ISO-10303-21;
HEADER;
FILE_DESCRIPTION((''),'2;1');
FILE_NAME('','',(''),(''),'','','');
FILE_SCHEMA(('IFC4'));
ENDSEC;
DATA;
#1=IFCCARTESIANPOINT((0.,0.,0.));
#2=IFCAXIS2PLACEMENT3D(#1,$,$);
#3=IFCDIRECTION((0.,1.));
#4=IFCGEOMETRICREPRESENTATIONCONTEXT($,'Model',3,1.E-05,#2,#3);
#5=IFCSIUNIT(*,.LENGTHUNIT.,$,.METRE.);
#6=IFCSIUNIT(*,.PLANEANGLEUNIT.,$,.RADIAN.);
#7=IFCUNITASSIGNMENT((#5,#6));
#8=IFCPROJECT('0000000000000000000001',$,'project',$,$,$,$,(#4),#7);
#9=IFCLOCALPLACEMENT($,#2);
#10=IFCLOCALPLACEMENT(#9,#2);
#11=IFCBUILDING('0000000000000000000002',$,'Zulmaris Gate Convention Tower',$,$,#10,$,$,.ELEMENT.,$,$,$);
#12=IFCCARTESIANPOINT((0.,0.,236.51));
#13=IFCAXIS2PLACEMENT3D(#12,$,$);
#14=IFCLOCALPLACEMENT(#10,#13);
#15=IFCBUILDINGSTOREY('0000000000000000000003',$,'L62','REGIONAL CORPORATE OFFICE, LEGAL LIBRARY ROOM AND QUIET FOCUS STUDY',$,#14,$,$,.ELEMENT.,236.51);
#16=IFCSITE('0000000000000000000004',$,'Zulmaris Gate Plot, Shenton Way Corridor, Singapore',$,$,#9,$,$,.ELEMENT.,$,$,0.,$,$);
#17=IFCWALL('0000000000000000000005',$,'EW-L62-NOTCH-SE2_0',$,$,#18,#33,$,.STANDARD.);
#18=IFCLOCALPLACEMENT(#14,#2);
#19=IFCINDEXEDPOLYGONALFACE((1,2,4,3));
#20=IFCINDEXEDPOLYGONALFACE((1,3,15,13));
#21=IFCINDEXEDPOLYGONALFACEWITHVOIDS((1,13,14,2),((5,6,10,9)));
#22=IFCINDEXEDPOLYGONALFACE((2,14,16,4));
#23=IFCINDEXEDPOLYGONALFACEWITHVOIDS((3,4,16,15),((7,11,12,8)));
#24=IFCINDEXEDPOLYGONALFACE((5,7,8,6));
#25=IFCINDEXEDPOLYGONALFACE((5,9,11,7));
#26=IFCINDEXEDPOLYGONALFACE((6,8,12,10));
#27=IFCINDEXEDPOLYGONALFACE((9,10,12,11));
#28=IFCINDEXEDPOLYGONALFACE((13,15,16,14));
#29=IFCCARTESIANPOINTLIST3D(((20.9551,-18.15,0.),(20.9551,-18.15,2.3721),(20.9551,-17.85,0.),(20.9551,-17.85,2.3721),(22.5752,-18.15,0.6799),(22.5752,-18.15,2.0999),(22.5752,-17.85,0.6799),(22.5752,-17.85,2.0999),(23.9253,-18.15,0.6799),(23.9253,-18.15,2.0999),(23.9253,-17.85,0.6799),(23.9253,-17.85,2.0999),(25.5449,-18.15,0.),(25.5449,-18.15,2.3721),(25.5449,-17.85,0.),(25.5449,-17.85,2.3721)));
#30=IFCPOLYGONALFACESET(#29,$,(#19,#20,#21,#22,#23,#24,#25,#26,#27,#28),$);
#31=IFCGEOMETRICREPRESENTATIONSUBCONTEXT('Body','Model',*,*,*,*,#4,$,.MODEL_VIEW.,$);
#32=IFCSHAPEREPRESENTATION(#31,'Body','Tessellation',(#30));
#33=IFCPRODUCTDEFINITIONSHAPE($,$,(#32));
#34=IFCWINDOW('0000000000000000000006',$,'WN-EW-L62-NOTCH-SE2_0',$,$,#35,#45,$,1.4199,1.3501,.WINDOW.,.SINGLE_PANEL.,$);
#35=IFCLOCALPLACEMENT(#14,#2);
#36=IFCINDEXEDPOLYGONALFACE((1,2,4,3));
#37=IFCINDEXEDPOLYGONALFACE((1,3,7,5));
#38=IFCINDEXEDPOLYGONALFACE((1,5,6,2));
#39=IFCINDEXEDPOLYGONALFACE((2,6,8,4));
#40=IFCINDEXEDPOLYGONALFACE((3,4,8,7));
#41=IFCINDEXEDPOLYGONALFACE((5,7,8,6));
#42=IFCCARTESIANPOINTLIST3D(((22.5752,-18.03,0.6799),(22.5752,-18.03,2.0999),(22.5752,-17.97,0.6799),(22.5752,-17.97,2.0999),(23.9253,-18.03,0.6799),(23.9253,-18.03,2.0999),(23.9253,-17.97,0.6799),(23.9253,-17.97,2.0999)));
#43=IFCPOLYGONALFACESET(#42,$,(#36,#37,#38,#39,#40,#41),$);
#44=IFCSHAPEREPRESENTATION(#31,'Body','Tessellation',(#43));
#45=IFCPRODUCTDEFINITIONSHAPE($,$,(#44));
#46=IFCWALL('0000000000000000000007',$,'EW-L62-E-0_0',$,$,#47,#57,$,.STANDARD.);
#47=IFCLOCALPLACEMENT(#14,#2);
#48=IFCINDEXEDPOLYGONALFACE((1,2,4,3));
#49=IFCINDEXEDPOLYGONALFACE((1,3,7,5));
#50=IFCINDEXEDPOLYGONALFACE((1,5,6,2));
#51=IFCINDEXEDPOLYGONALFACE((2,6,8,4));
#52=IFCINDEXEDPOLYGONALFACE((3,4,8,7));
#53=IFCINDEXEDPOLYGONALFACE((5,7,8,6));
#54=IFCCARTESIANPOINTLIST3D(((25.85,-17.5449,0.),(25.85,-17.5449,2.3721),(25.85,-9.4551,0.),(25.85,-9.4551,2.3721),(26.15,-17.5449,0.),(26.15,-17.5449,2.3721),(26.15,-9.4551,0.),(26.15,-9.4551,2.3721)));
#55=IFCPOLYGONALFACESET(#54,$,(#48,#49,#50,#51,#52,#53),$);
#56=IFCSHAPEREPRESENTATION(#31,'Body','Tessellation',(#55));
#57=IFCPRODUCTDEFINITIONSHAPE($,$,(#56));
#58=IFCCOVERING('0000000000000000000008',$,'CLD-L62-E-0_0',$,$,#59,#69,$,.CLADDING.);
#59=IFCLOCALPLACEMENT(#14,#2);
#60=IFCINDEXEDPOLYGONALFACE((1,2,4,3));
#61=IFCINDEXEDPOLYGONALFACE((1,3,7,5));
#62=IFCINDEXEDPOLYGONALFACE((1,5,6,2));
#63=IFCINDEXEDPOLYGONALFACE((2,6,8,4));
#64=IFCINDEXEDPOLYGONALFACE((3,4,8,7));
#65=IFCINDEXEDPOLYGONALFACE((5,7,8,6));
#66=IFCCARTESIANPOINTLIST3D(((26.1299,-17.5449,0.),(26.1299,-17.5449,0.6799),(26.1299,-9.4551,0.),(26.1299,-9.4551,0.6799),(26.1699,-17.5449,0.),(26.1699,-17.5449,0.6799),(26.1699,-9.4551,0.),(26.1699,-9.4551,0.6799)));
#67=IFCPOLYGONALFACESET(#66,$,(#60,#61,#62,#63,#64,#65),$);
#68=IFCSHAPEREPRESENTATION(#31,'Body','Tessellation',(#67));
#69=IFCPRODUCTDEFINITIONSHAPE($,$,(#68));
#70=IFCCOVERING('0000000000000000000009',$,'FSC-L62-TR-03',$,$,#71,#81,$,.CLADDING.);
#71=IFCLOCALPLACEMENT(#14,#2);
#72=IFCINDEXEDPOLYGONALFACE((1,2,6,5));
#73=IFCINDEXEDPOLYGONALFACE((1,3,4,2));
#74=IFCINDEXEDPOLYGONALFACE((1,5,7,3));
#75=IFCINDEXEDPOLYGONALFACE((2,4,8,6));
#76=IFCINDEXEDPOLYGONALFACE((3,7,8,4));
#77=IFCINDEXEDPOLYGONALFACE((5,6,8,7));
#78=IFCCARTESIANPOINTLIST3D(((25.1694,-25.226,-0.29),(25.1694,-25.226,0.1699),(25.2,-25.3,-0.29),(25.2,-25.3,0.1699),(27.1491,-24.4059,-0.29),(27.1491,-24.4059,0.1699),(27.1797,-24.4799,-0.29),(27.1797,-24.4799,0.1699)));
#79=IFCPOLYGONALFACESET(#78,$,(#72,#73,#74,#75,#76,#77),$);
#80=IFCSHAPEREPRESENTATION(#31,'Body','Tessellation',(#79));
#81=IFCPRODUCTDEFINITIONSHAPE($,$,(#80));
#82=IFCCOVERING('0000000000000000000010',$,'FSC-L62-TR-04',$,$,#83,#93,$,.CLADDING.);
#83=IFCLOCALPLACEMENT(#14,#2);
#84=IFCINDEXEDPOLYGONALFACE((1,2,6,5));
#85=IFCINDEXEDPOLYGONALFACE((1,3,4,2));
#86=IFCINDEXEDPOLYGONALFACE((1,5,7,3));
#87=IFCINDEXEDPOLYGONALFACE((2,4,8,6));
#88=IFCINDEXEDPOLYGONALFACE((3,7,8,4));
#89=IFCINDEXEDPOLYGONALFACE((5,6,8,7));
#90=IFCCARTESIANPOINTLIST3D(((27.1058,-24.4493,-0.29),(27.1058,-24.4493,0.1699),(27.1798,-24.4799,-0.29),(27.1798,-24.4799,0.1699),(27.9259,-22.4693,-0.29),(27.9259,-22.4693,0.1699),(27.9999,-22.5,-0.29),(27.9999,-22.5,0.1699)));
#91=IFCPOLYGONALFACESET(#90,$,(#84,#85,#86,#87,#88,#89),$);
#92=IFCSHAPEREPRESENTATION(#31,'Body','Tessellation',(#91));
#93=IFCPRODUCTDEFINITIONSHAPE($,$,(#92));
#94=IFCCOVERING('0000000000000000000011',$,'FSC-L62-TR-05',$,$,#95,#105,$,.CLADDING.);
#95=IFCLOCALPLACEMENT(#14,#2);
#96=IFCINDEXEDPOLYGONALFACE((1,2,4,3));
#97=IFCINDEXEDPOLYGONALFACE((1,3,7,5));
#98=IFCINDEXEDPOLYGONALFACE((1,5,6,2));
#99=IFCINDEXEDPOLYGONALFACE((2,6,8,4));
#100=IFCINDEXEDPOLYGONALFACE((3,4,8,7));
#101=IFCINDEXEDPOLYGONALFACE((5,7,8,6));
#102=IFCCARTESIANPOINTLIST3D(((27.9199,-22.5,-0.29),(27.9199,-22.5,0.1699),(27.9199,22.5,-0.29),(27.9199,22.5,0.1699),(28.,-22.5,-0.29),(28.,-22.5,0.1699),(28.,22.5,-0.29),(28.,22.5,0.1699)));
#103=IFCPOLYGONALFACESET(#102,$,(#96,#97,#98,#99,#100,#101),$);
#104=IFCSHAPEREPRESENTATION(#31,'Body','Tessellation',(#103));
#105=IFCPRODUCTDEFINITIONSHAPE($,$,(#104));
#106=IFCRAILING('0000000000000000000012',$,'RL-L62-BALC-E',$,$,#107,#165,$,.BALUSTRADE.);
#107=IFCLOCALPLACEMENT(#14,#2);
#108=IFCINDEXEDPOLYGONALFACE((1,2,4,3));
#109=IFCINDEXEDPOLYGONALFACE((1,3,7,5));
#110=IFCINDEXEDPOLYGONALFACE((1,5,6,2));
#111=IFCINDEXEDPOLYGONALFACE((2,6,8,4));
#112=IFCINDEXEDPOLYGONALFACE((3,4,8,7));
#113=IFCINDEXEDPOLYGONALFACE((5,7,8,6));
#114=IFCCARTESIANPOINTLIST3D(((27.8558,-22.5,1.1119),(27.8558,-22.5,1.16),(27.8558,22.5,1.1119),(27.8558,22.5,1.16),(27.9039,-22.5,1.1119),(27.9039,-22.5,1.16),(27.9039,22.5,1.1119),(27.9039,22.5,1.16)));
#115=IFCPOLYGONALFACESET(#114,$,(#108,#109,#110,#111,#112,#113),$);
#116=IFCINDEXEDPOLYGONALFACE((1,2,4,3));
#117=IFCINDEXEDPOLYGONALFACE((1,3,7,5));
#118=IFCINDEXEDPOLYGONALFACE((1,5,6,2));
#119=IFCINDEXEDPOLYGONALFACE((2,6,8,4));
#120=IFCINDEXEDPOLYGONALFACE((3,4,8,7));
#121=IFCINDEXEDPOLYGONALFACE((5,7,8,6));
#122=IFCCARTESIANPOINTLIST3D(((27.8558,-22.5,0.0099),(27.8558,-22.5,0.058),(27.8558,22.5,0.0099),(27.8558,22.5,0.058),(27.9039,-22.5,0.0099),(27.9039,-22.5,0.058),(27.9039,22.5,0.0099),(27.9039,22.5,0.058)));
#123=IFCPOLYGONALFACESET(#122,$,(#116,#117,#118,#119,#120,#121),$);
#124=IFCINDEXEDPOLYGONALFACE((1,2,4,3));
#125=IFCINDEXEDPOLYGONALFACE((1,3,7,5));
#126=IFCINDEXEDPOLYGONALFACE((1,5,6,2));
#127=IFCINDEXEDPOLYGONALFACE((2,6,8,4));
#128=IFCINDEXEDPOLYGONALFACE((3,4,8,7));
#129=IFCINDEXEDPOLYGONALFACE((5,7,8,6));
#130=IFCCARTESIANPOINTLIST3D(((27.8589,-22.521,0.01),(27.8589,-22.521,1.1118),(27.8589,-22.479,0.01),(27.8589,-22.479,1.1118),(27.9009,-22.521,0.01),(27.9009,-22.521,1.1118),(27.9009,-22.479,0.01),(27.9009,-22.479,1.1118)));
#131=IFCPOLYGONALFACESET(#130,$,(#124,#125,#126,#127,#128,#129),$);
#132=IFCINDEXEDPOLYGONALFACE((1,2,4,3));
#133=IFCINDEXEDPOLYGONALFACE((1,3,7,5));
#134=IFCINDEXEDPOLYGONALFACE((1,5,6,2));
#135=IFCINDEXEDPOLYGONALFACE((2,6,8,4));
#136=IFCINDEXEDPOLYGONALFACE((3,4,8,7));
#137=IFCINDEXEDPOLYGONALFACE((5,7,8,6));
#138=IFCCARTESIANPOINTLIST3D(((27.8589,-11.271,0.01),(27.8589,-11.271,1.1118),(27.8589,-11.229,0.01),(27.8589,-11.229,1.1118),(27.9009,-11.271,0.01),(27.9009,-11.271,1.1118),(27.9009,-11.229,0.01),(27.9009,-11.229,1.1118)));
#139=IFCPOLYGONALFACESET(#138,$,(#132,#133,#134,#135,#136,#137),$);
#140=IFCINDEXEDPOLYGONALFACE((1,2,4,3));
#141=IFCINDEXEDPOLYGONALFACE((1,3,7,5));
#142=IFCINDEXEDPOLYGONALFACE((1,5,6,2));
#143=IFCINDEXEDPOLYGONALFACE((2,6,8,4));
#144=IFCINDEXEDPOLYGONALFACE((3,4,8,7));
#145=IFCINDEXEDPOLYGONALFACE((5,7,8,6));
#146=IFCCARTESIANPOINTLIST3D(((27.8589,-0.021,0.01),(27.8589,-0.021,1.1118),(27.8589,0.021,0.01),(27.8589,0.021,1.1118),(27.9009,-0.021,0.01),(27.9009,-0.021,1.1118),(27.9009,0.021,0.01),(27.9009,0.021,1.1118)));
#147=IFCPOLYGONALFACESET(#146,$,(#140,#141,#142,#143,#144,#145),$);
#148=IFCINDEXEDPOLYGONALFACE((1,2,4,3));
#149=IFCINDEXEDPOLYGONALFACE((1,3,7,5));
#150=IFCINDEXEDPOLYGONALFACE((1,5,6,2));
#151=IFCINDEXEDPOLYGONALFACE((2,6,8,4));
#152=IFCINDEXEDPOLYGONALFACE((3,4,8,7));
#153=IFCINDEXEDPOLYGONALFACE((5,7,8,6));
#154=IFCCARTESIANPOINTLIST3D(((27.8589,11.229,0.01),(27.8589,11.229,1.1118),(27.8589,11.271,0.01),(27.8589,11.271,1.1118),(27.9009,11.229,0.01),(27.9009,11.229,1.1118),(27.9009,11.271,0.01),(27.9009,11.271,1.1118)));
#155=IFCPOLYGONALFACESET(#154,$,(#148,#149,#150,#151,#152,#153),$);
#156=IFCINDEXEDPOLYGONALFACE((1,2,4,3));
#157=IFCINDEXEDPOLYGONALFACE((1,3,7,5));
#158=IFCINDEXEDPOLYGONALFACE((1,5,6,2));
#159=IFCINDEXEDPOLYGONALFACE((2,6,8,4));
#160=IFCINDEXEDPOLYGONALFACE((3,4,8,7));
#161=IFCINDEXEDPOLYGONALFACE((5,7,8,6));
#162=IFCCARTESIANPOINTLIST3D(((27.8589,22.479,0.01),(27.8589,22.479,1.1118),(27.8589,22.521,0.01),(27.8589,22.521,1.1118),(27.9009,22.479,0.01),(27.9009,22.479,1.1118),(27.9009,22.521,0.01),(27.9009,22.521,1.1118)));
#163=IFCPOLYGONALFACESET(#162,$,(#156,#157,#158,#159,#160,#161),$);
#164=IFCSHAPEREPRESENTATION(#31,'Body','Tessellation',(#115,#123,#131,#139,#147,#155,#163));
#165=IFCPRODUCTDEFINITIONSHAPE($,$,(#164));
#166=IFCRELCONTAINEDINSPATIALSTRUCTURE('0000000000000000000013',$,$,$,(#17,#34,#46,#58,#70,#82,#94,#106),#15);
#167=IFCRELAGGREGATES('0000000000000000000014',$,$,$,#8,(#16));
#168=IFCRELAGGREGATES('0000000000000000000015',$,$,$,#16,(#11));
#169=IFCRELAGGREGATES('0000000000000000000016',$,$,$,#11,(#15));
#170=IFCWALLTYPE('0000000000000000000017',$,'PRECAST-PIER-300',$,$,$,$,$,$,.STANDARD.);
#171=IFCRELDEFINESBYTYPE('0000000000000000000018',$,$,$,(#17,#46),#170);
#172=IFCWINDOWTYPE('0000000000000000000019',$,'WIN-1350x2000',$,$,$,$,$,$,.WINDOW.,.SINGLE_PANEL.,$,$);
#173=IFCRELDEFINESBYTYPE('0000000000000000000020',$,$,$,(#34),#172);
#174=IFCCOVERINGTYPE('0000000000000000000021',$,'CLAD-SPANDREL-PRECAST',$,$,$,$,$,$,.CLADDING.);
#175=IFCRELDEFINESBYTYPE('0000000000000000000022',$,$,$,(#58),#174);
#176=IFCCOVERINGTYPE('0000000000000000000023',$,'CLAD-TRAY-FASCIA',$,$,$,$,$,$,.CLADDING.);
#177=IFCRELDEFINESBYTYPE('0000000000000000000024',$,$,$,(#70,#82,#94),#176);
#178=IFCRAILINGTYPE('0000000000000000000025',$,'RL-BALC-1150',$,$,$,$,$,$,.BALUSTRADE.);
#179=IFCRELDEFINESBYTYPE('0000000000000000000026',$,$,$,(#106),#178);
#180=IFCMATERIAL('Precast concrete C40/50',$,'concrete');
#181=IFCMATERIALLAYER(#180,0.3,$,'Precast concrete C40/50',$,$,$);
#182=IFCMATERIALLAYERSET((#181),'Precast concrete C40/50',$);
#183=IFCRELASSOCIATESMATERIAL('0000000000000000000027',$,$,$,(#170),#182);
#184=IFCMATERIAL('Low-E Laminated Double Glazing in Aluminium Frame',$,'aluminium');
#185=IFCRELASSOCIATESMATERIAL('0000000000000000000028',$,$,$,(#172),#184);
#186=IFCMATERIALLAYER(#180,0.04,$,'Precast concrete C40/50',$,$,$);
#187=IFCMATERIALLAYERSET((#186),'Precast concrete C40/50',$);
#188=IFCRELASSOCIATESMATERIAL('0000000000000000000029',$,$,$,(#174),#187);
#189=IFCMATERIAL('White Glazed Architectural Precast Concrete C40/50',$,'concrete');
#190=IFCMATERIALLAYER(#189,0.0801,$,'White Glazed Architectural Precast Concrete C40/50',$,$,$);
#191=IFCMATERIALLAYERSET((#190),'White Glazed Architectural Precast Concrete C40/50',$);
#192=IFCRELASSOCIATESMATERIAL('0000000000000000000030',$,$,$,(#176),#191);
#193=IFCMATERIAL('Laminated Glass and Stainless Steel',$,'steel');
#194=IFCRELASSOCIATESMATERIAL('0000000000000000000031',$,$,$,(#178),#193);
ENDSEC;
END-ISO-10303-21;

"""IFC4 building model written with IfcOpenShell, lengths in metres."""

from ifc_helpers import new_model, si_unit, direction, frame, frame_2d, origin, origin_2d, place, context, subcontext, project, spatial, rectangle, extrude, material, layer, layer_set, type_object, element, fill, save


model = new_model("IFC4")

# Units and contexts
model_context = context("Model", 3, precision=1e-05, world=origin(), true_north=direction((0.0, 1.0)))
body_context = subcontext(model_context, "Body", "Model", "MODEL_VIEW")
ifc_project = project(units=[si_unit("LENGTHUNIT", "METRE"), si_unit("PLANEANGLEUNIT", "RADIAN")], contexts=[model_context])

# Site, building, storey
site_placement = place(None, origin())
site = spatial("IfcSite", under=ifc_project, at=site_placement, Name="Zulmaris Gate Plot, Shenton Way Corridor, Singapore", CompositionType="ELEMENT", RefElevation=0.0)
building_placement = place(site_placement, origin())
building = spatial("IfcBuilding", under=site, at=building_placement, Name="Zulmaris Gate Convention Tower", CompositionType="ELEMENT")
storey_placement = place(building_placement, frame((0.0, 0.0, 236.51)))
storey = spatial("IfcBuildingStorey", under=building, at=storey_placement, Name="L62", Description="REGIONAL CORPORATE OFFICE, LEGAL LIBRARY ROOM AND QUIET FOCUS STUDY", CompositionType="ELEMENT", Elevation=236.51)

# Wall, opening, window
ifc_material_1 = material(Name="Precast concrete C40/50", Category="concrete")
ifc_layer_1 = layer(ifc_material_1, 0.3, Name="Precast concrete C40/50")
ifc_layer_set_1 = layer_set([ifc_layer_1], Name="Precast concrete C40/50")
wall_type_1 = type_object("IfcWallType", Name="PRECAST-PIER-300", PredefinedType="STANDARD", material=ifc_layer_set_1)
ifc_material_2 = material(Name="Low-E Laminated Double Glazing in Aluminium Frame", Category="aluminium")
window_type = type_object("IfcWindowType", Name="WIN-1350x2000", PartitioningType="SINGLE_PANEL", PredefinedType="WINDOW", material=ifc_material_2)
wall_1_placement = place(storey_placement, frame((20.9551, -18.0, 0.0), z_axis=(0.0, 0.0, 1.0), x_axis=(1.0, 0.0, 0.0)))
wall_1 = element("IfcWall", 1, at=wall_1_placement, inside=storey, type_object=wall_type_1, Name="EW-L62-NOTCH-SE2_0", PredefinedType="STANDARD", context=body_context, shape_type="SweptSolid", body=[
    extrude(rectangle(XDim=4.5898, YDim=0.3, at=frame_2d((2.2949, 0.0))), origin(), (0.0, 0.0, 1.0), 2.3721),
])
opening_1_placement = place(wall_1_placement, frame((1.6201, 0.0, 0.6799)))
opening_1 = element("IfcOpeningElement", 2, at=opening_1_placement, cuts=wall_1, PredefinedType="OPENING", context=body_context, shape_type="SweptSolid", body=[
    extrude(rectangle(XDim=1.3501, YDim=1.4199, at=frame_2d((0.675, 0.71))), frame((0.0, 0.1602, 0.0), z_axis=(0.0, -1.0, 0.0), x_axis=(1.0, 0.0, 0.0)), (0.0, 0.0, 1.0), 0.3201),
])
window_1_placement = place(opening_1_placement, origin())
window_1 = element("IfcWindow", 3, at=window_1_placement, inside=storey, type_object=window_type, Name="WN-EW-L62-NOTCH-SE2_0", OverallHeight=1.4199, OverallWidth=1.3501, PartitioningType="SINGLE_PANEL", PredefinedType="WINDOW", context=body_context, shape_type="SweptSolid", body=[
    extrude(rectangle(XDim=1.3501, YDim=1.4199, at=frame_2d((0.675, 0.71))), frame((0.0, 0.03, 0.0), z_axis=(0.0, -1.0, 0.0), x_axis=(1.0, 0.0, 0.0)), (0.0, 0.0, 1.0), 0.0601),
])
fill(opening_1, window_1)

# Wall
wall_2_placement = place(storey_placement, frame((26.0, -17.5449, 0.0), z_axis=(0.0, 0.0, 1.0), x_axis=(0.0, 1.0, 0.0)))
element("IfcWall", 4, at=wall_2_placement, inside=storey, type_object=wall_type_1, Name="EW-L62-E-0_0", PredefinedType="STANDARD", context=body_context, shape_type="SweptSolid", body=[
    extrude(rectangle(XDim=8.0898, YDim=0.3, at=frame_2d((4.0449, 0.0))), origin(), (0.0, 0.0, 1.0), 2.3721),
])

# Coverings
ifc_layer_2 = layer(ifc_material_1, 0.04, Name="Precast concrete C40/50")
ifc_layer_set_2 = layer_set([ifc_layer_2], Name="Precast concrete C40/50")
covering_type_1 = type_object("IfcCoveringType", Name="CLAD-SPANDREL-PRECAST", PredefinedType="CLADDING", material=ifc_layer_set_2)
covering_1_placement = place(storey_placement, frame((26.1499, -17.5449, 0.0), z_axis=(0.0, 0.0, 1.0), x_axis=(0.0, 1.0, 0.0)))
element("IfcCovering", 5, at=covering_1_placement, inside=storey, type_object=covering_type_1, Name="CLD-L62-E-0_0", PredefinedType="CLADDING", context=body_context, shape_type="SweptSolid", body=[
    extrude(rectangle(XDim=8.0898, YDim=0.04, at=frame_2d((4.0449, 0.0))), origin(), (0.0, 0.0, 1.0), 0.6799),
])
ifc_material_3 = material(Name="White Glazed Architectural Precast Concrete C40/50", Category="concrete")
ifc_layer_3 = layer(ifc_material_3, 0.0801, Name="White Glazed Architectural Precast Concrete C40/50")
ifc_layer_set_3 = layer_set([ifc_layer_3], Name="White Glazed Architectural Precast Concrete C40/50")
covering_type_2 = type_object("IfcCoveringType", Name="CLAD-TRAY-FASCIA", PredefinedType="CLADDING", material=ifc_layer_set_3)
covering_2_placement = place(storey_placement, frame((25.1848, -25.2629, -0.29), z_axis=(0.0, 0.0, 1.0), x_axis=(0.923874, 0.382697, 0.0)))
element("IfcCovering", 6, at=covering_2_placement, inside=storey, type_object=covering_type_2, Name="FSC-L62-TR-03", PredefinedType="CLADDING", context=body_context, shape_type="SweptSolid", body=[
    extrude(rectangle(XDim=2.1428, YDim=0.0801, at=frame_2d((1.0713, 0.0))), origin(), (0.0, 0.0, 1.0), 0.46),
])
covering_3_placement = place(storey_placement, frame((27.1428, -24.4646, -0.29), z_axis=(0.0, 0.0, 1.0), x_axis=(0.382657, 0.92389, 0.0)))
element("IfcCovering", 7, at=covering_3_placement, inside=storey, type_object=covering_type_2, Name="FSC-L62-TR-04", PredefinedType="CLADDING", context=body_context, shape_type="SweptSolid", body=[
    extrude(rectangle(XDim=2.1431, YDim=0.0801, at=frame_2d((1.0715, 0.0))), origin(), (0.0, 0.0, 1.0), 0.46),
])
covering_4_placement = place(storey_placement, frame((27.96, -22.5, -0.29), z_axis=(0.0, 0.0, 1.0), x_axis=(0.0, 1.0, 0.0)))
element("IfcCovering", 8, at=covering_4_placement, inside=storey, type_object=covering_type_2, Name="FSC-L62-TR-05", PredefinedType="CLADDING", context=body_context, shape_type="SweptSolid", body=[
    extrude(rectangle(XDim=45.0, YDim=0.0801, at=frame_2d((22.5, 0.0))), origin(), (0.0, 0.0, 1.0), 0.46),
])

# Railing
ifc_material_4 = material(Name="Laminated Glass and Stainless Steel", Category="steel")
railing_type = type_object("IfcRailingType", Name="RL-BALC-1150", PredefinedType="BALUSTRADE", material=ifc_material_4)
railing_placement = place(storey_placement, frame((27.8799, -22.5, 0.01)))
element("IfcRailing", 9, at=railing_placement, inside=storey, type_object=railing_type, Name="RL-L62-BALC-E", PredefinedType="BALUSTRADE", context=body_context, shape_type="SweptSolid", body=[
    extrude(rectangle(XDim=0.0481, YDim=0.0481, at=origin_2d()), frame((0.0, 0.0, 1.126), z_axis=(0.0, 1.0, 0.0), x_axis=(-1.0, 0.0, 0.0)), (0.0, 0.0, 1.0), 45.0),
    extrude(rectangle(XDim=0.0481, YDim=0.0481, at=origin_2d()), frame((0.0, 0.0, 0.0239), z_axis=(0.0, 1.0, 0.0), x_axis=(-1.0, 0.0, 0.0)), (0.0, 0.0, 1.0), 45.0),
    extrude(rectangle(XDim=0.042, YDim=0.042, at=origin_2d()), origin(), (0.0, 0.0, 1.0), 1.1018),
    extrude(rectangle(XDim=0.042, YDim=0.042, at=origin_2d()), frame((0.0, 11.25, 0.0)), (0.0, 0.0, 1.0), 1.1018),
    extrude(rectangle(XDim=0.042, YDim=0.042, at=origin_2d()), frame((0.0, 22.5, 0.0)), (0.0, 0.0, 1.0), 1.1018),
    extrude(rectangle(XDim=0.042, YDim=0.042, at=origin_2d()), frame((0.0, 33.75, 0.0)), (0.0, 0.0, 1.0), 1.1018),
    extrude(rectangle(XDim=0.042, YDim=0.042, at=origin_2d()), frame((0.0, 45.0, 0.0)), (0.0, 0.0, 1.0), 1.1018),
])

save(model, "model.ifc")
